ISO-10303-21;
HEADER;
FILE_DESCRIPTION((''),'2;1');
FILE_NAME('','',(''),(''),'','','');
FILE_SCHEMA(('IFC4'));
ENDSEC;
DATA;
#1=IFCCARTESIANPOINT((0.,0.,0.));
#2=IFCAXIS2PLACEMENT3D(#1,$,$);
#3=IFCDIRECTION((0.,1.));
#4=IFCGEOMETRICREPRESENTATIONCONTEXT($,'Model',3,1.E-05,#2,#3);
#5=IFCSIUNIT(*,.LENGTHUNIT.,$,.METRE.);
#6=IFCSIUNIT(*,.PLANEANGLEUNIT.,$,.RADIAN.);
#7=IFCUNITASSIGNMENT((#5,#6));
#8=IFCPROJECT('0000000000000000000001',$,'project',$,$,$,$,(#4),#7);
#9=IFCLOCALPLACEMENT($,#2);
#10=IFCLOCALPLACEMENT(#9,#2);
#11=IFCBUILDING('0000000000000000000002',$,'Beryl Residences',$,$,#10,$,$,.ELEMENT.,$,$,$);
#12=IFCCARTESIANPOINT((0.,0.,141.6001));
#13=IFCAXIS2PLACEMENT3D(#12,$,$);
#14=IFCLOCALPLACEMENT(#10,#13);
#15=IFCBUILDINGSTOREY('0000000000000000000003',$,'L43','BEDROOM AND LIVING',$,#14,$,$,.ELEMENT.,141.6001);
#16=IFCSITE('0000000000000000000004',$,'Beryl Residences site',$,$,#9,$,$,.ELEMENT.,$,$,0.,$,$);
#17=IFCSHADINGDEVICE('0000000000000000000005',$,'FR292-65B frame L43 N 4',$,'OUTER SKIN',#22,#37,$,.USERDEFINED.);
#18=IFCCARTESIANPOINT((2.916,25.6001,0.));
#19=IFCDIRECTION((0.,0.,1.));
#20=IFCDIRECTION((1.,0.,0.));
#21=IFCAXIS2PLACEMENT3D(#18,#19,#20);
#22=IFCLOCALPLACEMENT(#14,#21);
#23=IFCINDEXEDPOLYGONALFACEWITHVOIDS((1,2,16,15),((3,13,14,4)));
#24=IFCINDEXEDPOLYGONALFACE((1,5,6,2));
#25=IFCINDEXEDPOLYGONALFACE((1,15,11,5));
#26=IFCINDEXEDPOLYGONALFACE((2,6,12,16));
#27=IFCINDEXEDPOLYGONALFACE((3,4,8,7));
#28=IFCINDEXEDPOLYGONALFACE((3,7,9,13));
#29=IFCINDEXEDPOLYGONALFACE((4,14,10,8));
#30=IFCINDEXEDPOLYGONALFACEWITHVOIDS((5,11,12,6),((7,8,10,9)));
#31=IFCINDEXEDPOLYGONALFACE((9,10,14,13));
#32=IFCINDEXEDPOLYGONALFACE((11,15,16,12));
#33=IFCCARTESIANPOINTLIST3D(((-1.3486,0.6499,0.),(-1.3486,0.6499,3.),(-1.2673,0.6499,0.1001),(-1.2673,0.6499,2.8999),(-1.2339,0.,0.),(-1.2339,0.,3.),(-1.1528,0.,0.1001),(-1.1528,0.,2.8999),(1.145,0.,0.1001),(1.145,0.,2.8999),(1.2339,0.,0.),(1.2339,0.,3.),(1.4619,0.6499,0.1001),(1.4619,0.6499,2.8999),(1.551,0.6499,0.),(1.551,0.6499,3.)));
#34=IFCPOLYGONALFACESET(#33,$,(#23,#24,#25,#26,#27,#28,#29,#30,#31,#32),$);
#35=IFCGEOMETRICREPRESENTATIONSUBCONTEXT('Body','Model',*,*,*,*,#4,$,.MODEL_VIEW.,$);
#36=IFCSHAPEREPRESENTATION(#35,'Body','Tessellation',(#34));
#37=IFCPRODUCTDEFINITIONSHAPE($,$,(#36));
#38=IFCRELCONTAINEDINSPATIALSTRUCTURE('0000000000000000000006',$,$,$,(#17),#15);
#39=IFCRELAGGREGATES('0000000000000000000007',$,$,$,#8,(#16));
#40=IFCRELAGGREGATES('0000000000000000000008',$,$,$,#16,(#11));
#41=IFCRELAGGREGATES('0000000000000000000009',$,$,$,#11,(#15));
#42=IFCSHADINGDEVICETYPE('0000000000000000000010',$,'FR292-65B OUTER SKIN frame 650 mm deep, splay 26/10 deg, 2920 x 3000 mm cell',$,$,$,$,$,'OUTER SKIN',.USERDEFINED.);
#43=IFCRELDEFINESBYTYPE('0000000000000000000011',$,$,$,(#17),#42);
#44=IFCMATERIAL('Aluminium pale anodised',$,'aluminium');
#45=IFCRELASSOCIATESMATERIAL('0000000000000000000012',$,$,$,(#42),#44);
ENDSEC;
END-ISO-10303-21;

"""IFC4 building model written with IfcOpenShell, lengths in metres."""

from ifc_helpers import new_model, entity, si_unit, direction, frame, origin, place, context, subcontext, project, spatial, source, transform, mapped, material, type_object, type_shapes, element, save


model = new_model("IFC4")

# Units and contexts
model_context = context("Model", 3, precision=1e-05, world=origin(), true_north=direction((0.0, 1.0)))
body_context = subcontext(model_context, "Body", "Model", "MODEL_VIEW")
ifc_project = project(units=[si_unit("LENGTHUNIT", "METRE"), si_unit("PLANEANGLEUNIT", "RADIAN")], contexts=[model_context])

# Site, building, storey
site_placement = place(None, origin())
site = spatial("IfcSite", under=ifc_project, at=site_placement, Name="Beryl Residences site", CompositionType="ELEMENT", RefElevation=0.0)
building_placement = place(site_placement, origin())
building = spatial("IfcBuilding", under=site, at=building_placement, Name="Beryl Residences", CompositionType="ELEMENT")
storey_placement = place(building_placement, frame((0.0, 0.0, 141.6001)))
storey = spatial("IfcBuildingStorey", under=building, at=storey_placement, Name="L43", Description="BEDROOM AND LIVING", CompositionType="ELEMENT", Elevation=141.6001)

# Shading device
ifc_material_1 = material(Name="Aluminium pale anodised", Category="aluminium")
shading_device_type = type_object("IfcShadingDeviceType", Name="FR292-65B OUTER SKIN frame 650 mm deep, splay 26/10 deg, 2920 x 3000 mm cell", ElementType="OUTER SKIN", PredefinedType="USERDEFINED", material=ifc_material_1)
cartesian_point_1 = entity("IfcCartesianPoint", [-1.2339, 0.0])
cartesian_point_2 = entity("IfcCartesianPoint", [-1.145, 0.1001])
cartesian_point_3 = entity("IfcCartesianPoint", [-1.551, 0.0])
cartesian_point_4 = entity("IfcCartesianPoint", [-1.4619, 0.1001])
shared_shape = source(origin(), body_context, "Body", "SweptSolid", [
    entity("IfcExtrudedAreaSolidTapered", entity("IfcArbitraryProfileDefWithVoids", "AREA", None, entity("IfcPolyline", [cartesian_point_1, entity("IfcCartesianPoint", [1.2339, 0.0]), entity("IfcCartesianPoint", [1.2339, 3.0]), entity("IfcCartesianPoint", [-1.2339, 3.0]), cartesian_point_1]), [entity("IfcPolyline", [cartesian_point_2, entity("IfcCartesianPoint", [1.1528, 0.1001]), entity("IfcCartesianPoint", [1.1528, 2.8999]), entity("IfcCartesianPoint", [-1.145, 2.8999]), cartesian_point_2])]), entity("IfcAxis2Placement3D", entity("IfcCartesianPoint", [0.0, 0.0, 0.0]), entity("IfcDirection", [0.0, 1.0, 0.0]), entity("IfcDirection", [-1.0, 0.0, 0.0])), entity("IfcDirection", [0.0, 0.0, 1.0]), 0.6499, entity("IfcArbitraryProfileDefWithVoids", "AREA", None, entity("IfcPolyline", [cartesian_point_3, entity("IfcCartesianPoint", [1.3486, 0.0]), entity("IfcCartesianPoint", [1.3486, 3.0]), entity("IfcCartesianPoint", [-1.551, 3.0]), cartesian_point_3]), [entity("IfcPolyline", [cartesian_point_4, entity("IfcCartesianPoint", [1.2673, 0.1001]), entity("IfcCartesianPoint", [1.2673, 2.8999]), entity("IfcCartesianPoint", [-1.4619, 2.8999]), cartesian_point_4])])),
])
type_shapes(shading_device_type, [shared_shape])
for number, where, z_axis, x_axis, name in (
    (1, (2.916, 25.6001, 0.0), (0.0, 0.0, 1.0), (1.0, 0.0, 0.0), "FR292-65B frame L43 N 4"),
):
    element("IfcShadingDevice", number, at=place(storey_placement, frame(where, z_axis=z_axis, x_axis=x_axis)), inside=storey, type_object=shading_device_type, Name=name, ObjectType="OUTER SKIN", PredefinedType="USERDEFINED", context=body_context, shape_type="MappedRepresentation", body=[
        mapped(shared_shape, transform((0.0, 0.0, 0.0))),
    ])

save(model, "model.ifc")
